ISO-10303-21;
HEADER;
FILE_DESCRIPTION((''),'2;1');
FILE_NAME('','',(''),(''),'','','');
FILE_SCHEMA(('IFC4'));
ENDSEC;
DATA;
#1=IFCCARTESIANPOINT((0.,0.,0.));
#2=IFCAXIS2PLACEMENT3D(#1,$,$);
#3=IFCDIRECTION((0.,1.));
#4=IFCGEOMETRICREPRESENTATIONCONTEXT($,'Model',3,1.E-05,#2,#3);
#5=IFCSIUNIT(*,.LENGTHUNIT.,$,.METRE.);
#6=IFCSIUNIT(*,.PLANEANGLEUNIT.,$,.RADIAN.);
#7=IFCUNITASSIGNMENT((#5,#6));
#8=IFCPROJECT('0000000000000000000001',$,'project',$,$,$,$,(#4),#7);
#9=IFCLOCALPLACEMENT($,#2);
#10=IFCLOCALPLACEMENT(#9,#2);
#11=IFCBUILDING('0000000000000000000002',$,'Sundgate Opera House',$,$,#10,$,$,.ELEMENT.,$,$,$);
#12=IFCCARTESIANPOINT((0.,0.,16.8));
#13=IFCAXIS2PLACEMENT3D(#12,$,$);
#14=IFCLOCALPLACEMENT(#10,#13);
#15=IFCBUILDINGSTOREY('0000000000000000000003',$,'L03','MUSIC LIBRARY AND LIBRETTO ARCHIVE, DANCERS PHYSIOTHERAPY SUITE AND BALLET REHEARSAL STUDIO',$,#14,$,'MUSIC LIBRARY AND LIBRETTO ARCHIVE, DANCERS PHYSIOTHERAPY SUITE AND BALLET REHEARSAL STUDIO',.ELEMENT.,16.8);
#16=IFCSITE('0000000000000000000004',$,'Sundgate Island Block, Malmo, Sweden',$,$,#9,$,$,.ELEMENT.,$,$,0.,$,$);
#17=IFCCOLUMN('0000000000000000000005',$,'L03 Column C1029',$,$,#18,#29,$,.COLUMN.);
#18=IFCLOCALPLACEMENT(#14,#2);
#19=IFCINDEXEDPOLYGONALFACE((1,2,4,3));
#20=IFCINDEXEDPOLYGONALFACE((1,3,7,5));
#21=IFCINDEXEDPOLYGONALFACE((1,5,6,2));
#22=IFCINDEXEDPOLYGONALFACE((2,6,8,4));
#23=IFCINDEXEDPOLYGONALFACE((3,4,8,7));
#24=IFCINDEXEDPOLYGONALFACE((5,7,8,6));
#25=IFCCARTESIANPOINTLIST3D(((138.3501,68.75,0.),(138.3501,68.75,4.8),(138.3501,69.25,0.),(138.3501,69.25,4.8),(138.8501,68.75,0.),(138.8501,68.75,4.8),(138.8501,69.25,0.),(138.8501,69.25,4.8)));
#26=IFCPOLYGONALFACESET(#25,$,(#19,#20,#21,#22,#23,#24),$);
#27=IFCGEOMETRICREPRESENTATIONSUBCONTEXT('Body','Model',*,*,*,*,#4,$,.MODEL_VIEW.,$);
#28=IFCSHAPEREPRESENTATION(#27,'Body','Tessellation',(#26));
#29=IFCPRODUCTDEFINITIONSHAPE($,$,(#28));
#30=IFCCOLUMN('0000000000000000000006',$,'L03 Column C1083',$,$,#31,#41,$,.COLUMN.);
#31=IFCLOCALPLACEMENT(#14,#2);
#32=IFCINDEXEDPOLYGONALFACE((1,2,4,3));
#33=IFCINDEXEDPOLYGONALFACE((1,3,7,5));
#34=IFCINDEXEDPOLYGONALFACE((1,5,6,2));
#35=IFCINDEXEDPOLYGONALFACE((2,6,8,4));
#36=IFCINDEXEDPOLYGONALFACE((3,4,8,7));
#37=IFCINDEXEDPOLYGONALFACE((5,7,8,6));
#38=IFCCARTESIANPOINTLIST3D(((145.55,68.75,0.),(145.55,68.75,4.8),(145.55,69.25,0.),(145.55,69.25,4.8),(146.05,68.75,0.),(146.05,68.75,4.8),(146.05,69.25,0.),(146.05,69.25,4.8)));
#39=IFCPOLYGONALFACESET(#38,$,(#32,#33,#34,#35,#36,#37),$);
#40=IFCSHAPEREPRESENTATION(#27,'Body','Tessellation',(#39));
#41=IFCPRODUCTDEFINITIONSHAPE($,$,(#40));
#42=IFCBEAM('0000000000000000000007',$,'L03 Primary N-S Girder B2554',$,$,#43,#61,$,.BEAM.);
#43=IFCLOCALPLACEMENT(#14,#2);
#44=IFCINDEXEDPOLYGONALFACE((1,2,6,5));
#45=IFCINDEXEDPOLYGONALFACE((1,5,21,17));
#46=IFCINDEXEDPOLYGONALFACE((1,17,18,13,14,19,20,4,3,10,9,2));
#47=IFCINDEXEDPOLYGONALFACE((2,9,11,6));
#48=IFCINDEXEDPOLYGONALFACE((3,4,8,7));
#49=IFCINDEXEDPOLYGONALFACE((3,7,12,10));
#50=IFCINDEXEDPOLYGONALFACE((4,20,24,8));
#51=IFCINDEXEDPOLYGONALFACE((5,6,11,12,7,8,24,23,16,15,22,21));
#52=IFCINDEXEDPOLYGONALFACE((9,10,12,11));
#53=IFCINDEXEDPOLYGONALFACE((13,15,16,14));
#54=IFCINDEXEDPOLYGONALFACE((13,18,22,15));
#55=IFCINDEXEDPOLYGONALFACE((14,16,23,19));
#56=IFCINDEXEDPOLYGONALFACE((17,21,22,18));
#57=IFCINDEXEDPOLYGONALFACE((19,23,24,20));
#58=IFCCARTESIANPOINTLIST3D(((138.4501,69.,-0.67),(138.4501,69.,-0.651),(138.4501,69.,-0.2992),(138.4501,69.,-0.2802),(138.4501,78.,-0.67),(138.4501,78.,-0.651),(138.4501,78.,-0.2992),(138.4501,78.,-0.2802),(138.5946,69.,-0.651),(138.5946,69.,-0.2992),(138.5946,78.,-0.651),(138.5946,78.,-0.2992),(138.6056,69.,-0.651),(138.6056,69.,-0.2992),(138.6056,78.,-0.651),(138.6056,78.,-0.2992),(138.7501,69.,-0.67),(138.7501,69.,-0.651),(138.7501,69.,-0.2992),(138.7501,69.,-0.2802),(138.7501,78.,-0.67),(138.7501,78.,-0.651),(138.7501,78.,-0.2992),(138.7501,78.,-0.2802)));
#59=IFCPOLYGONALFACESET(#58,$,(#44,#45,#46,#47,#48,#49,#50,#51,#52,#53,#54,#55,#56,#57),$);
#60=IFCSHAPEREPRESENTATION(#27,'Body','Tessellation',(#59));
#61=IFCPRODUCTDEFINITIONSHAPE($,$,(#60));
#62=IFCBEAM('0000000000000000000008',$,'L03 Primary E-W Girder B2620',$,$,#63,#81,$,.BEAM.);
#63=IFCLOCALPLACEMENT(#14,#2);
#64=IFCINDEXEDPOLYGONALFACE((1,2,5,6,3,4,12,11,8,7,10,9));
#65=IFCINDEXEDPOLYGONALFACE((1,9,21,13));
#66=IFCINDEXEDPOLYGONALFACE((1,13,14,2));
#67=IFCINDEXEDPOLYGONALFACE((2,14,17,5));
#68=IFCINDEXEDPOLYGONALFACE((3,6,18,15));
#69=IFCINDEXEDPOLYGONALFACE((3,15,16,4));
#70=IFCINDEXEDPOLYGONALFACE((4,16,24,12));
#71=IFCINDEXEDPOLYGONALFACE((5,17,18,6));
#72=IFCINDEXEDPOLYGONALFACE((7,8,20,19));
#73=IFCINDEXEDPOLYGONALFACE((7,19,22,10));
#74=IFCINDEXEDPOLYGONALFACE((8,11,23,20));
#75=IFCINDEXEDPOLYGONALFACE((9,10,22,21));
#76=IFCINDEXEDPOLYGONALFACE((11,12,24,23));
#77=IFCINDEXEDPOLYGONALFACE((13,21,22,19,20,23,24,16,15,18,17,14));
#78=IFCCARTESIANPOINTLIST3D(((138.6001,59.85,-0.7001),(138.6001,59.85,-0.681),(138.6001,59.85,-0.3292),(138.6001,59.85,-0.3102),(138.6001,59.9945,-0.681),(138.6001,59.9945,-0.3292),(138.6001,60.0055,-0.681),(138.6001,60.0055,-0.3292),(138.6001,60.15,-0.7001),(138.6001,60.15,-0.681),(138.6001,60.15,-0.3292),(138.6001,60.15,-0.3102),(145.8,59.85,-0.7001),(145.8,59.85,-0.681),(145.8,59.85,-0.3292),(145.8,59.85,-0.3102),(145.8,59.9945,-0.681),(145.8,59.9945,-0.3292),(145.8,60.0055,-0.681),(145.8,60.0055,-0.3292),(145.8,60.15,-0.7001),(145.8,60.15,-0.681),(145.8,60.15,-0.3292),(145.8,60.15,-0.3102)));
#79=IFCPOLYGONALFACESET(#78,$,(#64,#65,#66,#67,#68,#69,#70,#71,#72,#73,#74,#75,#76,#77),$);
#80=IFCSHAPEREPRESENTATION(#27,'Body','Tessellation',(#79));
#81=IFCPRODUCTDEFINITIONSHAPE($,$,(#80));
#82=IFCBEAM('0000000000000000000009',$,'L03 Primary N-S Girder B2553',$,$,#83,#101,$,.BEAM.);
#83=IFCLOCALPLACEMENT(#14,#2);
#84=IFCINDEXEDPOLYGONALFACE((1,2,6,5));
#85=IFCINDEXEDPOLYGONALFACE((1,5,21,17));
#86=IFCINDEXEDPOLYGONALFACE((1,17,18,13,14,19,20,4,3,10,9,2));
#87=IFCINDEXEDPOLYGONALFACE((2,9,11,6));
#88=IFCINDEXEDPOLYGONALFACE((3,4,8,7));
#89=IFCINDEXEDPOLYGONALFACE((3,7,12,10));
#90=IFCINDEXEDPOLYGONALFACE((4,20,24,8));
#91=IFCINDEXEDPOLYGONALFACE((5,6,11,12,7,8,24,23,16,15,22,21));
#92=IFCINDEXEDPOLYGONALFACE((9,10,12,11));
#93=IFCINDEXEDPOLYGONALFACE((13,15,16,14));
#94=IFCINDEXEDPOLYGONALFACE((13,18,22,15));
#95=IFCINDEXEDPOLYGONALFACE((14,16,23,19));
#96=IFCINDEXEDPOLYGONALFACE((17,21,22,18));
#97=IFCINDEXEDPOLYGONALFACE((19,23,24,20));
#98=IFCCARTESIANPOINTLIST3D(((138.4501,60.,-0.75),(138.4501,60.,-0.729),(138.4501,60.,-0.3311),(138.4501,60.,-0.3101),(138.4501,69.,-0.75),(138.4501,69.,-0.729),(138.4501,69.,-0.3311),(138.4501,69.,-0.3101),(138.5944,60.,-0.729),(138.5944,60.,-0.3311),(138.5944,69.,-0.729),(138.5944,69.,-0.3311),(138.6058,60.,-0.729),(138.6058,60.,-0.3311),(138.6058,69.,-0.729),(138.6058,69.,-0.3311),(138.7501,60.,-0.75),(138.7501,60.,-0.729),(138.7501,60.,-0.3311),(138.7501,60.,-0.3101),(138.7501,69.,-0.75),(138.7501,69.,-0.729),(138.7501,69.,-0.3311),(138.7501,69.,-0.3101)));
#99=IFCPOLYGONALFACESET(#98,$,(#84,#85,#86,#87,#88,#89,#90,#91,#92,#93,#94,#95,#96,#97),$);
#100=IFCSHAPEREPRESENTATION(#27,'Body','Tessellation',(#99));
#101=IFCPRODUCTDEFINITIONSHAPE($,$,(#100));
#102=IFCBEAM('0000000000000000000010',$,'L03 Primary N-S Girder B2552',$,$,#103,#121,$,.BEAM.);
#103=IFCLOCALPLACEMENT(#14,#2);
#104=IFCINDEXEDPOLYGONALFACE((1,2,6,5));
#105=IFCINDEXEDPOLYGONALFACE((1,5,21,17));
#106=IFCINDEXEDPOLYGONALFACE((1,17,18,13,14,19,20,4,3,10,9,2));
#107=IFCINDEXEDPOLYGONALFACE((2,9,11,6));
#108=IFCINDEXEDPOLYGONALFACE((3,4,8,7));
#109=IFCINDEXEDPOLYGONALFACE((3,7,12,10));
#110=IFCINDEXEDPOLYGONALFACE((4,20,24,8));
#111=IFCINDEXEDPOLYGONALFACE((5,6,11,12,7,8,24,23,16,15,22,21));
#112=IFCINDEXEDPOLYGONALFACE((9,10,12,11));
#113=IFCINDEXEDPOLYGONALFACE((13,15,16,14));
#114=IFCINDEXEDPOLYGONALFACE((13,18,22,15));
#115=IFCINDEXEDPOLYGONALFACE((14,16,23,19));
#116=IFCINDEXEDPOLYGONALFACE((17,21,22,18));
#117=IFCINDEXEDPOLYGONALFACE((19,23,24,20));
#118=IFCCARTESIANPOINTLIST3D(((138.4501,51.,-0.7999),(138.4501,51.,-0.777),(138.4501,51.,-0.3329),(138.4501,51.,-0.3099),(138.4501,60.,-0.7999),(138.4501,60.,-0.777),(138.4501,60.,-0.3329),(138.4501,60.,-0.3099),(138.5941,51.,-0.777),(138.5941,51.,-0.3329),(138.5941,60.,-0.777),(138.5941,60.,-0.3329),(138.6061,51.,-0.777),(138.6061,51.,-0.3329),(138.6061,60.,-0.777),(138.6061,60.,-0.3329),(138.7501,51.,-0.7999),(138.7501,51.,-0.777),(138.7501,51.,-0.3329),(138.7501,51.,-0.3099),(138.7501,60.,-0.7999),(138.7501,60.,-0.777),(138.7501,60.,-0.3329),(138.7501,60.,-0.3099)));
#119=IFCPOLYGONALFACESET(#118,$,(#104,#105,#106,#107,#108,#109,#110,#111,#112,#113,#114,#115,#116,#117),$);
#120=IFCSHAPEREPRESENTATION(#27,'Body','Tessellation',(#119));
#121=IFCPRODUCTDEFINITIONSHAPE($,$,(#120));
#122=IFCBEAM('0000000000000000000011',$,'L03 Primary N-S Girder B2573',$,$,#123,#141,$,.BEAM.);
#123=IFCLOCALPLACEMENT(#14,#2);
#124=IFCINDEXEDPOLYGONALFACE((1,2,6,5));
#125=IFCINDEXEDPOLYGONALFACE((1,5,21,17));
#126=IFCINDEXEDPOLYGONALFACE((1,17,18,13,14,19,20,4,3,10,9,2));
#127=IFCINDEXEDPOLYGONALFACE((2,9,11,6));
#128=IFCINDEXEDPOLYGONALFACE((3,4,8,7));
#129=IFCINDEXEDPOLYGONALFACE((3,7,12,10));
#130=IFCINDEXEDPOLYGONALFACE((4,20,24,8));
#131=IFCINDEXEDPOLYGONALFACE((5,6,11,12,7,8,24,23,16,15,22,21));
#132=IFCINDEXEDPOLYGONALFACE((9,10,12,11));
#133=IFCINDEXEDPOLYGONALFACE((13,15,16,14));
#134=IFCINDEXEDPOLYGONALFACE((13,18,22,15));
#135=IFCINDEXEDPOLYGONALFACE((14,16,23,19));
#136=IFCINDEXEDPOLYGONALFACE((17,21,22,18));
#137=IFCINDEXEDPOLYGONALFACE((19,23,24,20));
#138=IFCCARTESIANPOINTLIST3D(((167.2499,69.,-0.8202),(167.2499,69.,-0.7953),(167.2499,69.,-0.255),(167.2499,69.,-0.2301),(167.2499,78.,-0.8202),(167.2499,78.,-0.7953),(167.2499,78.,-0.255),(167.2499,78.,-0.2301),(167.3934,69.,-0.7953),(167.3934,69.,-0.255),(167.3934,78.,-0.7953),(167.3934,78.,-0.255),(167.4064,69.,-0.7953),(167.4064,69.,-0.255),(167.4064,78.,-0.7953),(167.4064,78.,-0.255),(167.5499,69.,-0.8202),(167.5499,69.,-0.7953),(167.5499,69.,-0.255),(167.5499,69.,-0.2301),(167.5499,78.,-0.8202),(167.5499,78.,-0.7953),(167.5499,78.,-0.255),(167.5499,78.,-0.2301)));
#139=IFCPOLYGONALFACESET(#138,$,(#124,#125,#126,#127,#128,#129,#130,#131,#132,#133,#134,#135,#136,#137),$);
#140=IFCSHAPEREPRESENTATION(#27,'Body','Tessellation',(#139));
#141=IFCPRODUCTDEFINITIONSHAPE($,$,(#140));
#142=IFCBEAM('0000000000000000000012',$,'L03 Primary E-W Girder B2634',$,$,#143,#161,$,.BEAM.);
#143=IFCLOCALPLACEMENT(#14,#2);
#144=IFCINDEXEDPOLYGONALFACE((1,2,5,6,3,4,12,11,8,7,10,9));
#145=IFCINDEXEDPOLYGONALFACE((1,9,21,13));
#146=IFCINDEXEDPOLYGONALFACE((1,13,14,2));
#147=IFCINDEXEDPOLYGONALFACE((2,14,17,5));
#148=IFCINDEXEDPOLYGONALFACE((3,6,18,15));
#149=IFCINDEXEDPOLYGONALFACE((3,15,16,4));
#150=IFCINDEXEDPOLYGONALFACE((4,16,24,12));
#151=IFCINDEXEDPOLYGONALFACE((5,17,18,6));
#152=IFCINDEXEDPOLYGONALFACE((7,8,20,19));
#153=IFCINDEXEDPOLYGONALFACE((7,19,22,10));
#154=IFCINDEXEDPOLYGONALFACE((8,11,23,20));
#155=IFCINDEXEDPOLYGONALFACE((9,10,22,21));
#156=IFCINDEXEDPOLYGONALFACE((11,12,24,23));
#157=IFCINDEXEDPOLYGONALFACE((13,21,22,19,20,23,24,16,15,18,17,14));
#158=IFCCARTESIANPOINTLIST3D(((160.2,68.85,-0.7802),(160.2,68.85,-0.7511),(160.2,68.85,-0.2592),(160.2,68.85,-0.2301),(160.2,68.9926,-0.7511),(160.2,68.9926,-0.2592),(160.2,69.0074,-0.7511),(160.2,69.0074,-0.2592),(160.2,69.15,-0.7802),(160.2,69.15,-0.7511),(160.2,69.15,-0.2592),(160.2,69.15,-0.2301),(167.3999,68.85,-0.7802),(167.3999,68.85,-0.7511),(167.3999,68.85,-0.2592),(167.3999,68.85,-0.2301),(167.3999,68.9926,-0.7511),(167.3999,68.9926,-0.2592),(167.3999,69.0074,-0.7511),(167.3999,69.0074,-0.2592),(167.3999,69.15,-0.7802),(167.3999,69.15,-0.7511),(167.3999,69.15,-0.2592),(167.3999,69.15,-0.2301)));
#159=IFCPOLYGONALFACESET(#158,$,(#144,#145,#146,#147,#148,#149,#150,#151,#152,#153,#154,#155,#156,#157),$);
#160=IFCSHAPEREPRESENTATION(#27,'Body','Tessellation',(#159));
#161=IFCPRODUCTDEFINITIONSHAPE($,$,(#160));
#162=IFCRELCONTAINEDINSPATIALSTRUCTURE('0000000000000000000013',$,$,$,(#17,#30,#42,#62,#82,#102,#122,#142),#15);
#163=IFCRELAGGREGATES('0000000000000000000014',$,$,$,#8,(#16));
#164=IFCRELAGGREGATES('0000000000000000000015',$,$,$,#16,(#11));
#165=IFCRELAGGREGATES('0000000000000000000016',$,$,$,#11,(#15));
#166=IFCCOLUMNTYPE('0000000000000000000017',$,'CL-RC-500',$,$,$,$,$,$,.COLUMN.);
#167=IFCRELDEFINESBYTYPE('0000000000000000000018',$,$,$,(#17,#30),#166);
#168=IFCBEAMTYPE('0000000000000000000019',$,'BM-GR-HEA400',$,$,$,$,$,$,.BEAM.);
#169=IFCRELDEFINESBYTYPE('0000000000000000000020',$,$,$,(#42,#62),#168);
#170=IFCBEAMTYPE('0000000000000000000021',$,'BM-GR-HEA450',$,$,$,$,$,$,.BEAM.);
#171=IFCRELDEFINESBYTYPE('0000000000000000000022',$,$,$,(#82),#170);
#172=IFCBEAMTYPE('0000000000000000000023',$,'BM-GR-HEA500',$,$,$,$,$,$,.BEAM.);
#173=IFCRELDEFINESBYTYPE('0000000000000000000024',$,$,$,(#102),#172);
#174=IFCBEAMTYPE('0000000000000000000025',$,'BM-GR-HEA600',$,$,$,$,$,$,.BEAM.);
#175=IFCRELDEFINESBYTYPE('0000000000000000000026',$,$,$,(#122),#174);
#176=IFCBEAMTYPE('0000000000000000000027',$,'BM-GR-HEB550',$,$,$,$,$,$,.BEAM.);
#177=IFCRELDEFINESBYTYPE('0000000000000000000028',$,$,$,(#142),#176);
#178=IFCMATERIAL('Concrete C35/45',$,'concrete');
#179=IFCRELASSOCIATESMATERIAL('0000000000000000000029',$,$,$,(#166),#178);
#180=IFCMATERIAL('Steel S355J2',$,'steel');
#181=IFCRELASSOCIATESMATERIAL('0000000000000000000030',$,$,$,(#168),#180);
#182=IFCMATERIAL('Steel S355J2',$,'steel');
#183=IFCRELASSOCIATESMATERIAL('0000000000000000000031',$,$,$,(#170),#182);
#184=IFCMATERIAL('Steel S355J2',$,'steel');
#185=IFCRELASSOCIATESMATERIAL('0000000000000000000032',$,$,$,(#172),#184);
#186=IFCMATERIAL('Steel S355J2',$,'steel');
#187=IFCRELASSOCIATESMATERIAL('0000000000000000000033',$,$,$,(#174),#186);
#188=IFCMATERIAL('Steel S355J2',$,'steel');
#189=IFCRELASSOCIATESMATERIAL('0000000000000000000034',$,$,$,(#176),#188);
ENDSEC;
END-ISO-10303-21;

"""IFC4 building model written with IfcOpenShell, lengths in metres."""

from ifc_helpers import new_model, si_unit, direction, frame, origin, origin_2d, place, context, subcontext, project, spatial, rectangle, i_section, extrude, material, material_profile, profile_set, type_object, element, save


model = new_model("IFC4")

# Units and contexts
model_context = context("Model", 3, precision=1e-05, world=origin(), true_north=direction((0.0, 1.0)))
body_context = subcontext(model_context, "Body", "Model", "MODEL_VIEW")
ifc_project = project(units=[si_unit("LENGTHUNIT", "METRE"), si_unit("PLANEANGLEUNIT", "RADIAN")], contexts=[model_context])

# Site, building, storey
site_placement = place(None, origin())
site = spatial("IfcSite", under=ifc_project, at=site_placement, Name="Sundgate Island Block, Malmo, Sweden", CompositionType="ELEMENT", RefElevation=0.0)
building_placement = place(site_placement, origin())
building = spatial("IfcBuilding", under=site, at=building_placement, Name="Sundgate Opera House", CompositionType="ELEMENT")
storey_placement = place(building_placement, frame((0.0, 0.0, 16.8)))
storey = spatial("IfcBuildingStorey", under=building, at=storey_placement, Name="L03", Description="MUSIC LIBRARY AND LIBRETTO ARCHIVE, DANCERS PHYSIOTHERAPY SUITE AND BALLET REHEARSAL STUDIO", LongName="MUSIC LIBRARY AND LIBRETTO ARCHIVE, DANCERS PHYSIOTHERAPY SUITE AND BALLET REHEARSAL STUDIO", CompositionType="ELEMENT", Elevation=16.8)

# Columns
ifc_material_1 = material(Name="Concrete C35/45", Category="concrete")
ifc_material_profile_1 = material_profile(ifc_material_1, rectangle(XDim=0.5, YDim=0.5, at=origin_2d()), Name="RC 500x500")
ifc_profile_set_1 = profile_set([ifc_material_profile_1], Name="Concrete C35/45")
column_type = type_object("IfcColumnType", Name="CL-RC-500", PredefinedType="COLUMN", material=ifc_profile_set_1)
for number, where, z_axis, x_axis, name in (
    (1, (138.6001, 69.0, 0.0), (0.0, 0.0, 1.0), (1.0, 0.0, 0.0), "L03 Column C1029"),
    (2, (145.8, 69.0, 0.0), (0.0, 0.0, 1.0), (1.0, 0.0, 0.0), "L03 Column C1083"),
):
    element("IfcColumn", number, at=place(storey_placement, frame(where, z_axis=z_axis, x_axis=x_axis)), inside=storey, type_object=column_type, Name=name, PredefinedType="COLUMN", context=body_context, shape_type="SweptSolid", body=[
        extrude(rectangle(XDim=0.5, YDim=0.5, at=origin_2d()), origin(), (0.0, 0.0, 1.0), 4.8),
    ])

# Beams
ifc_material_2 = material(Name="Steel S355J2", Category="steel")
ifc_material_profile_2 = material_profile(ifc_material_2, i_section(OverallWidth=0.3, OverallDepth=0.3899, WebThickness=0.011, FlangeThickness=0.019, at=origin_2d()), Name="HEA 400")
ifc_profile_set_2 = profile_set([ifc_material_profile_2], Name="Steel S355J2")
beam_type_1 = type_object("IfcBeamType", Name="BM-GR-HEA400", PredefinedType="BEAM", material=ifc_profile_set_2)
beam_1_placement = place(storey_placement, frame((138.6001, 69.0, -0.4751), z_axis=(0.0, 1.0, 0.0), x_axis=(-1.0, 0.0, 0.0)))
element("IfcBeam", 3, at=beam_1_placement, inside=storey, type_object=beam_type_1, Name="L03 Primary N-S Girder B2554", PredefinedType="BEAM", context=body_context, shape_type="SweptSolid", body=[
    extrude(i_section(OverallWidth=0.3, OverallDepth=0.3899, WebThickness=0.011, FlangeThickness=0.019, at=origin_2d()), origin(), (0.0, 0.0, 1.0), 9.0),
])
beam_2_placement = place(storey_placement, frame((138.6001, 60.0, -0.5051), z_axis=(1.0, 0.0, 0.0), x_axis=(0.0, 1.0, 0.0)))
element("IfcBeam", 4, at=beam_2_placement, inside=storey, type_object=beam_type_1, Name="L03 Primary E-W Girder B2620", PredefinedType="BEAM", context=body_context, shape_type="SweptSolid", body=[
    extrude(i_section(OverallWidth=0.3, OverallDepth=0.3899, WebThickness=0.011, FlangeThickness=0.019, at=origin_2d()), origin(), (0.0, 0.0, 1.0), 7.2),
])
ifc_material_3 = material(Name="Steel S355J2", Category="steel")
ifc_material_profile_3 = material_profile(ifc_material_3, i_section(OverallWidth=0.3, OverallDepth=0.4399, WebThickness=0.0115, FlangeThickness=0.021, at=origin_2d()), Name="HEA 450")
ifc_profile_set_3 = profile_set([ifc_material_profile_3], Name="Steel S355J2")
beam_type_2 = type_object("IfcBeamType", Name="BM-GR-HEA450", PredefinedType="BEAM", material=ifc_profile_set_3)
beam_3_placement = place(storey_placement, frame((138.6001, 60.0, -0.53), z_axis=(0.0, 1.0, 0.0), x_axis=(-1.0, 0.0, 0.0)))
element("IfcBeam", 5, at=beam_3_placement, inside=storey, type_object=beam_type_2, Name="L03 Primary N-S Girder B2553", PredefinedType="BEAM", context=body_context, shape_type="SweptSolid", body=[
    extrude(i_section(OverallWidth=0.3, OverallDepth=0.4399, WebThickness=0.0115, FlangeThickness=0.021, at=origin_2d()), origin(), (0.0, 0.0, 1.0), 9.0),
])
ifc_material_4 = material(Name="Steel S355J2", Category="steel")
ifc_material_profile_4 = material_profile(ifc_material_4, i_section(OverallWidth=0.3, OverallDepth=0.49, WebThickness=0.012, FlangeThickness=0.0229, at=origin_2d()), Name="HEA 500")
ifc_profile_set_4 = profile_set([ifc_material_profile_4], Name="Steel S355J2")
beam_type_3 = type_object("IfcBeamType", Name="BM-GR-HEA500", PredefinedType="BEAM", material=ifc_profile_set_4)
beam_4_placement = place(storey_placement, frame((138.6001, 51.0, -0.5549), z_axis=(0.0, 1.0, 0.0), x_axis=(-1.0, 0.0, 0.0)))
element("IfcBeam", 6, at=beam_4_placement, inside=storey, type_object=beam_type_3, Name="L03 Primary N-S Girder B2552", PredefinedType="BEAM", context=body_context, shape_type="SweptSolid", body=[
    extrude(i_section(OverallWidth=0.3, OverallDepth=0.49, WebThickness=0.012, FlangeThickness=0.0229, at=origin_2d()), origin(), (0.0, 0.0, 1.0), 9.0),
])
ifc_material_5 = material(Name="Steel S355J2", Category="steel")
ifc_material_profile_5 = material_profile(ifc_material_5, i_section(OverallWidth=0.3, OverallDepth=0.5901, WebThickness=0.0129, FlangeThickness=0.0249, at=origin_2d()), Name="HEA 600")
ifc_profile_set_5 = profile_set([ifc_material_profile_5], Name="Steel S355J2")
beam_type_4 = type_object("IfcBeamType", Name="BM-GR-HEA600", PredefinedType="BEAM", material=ifc_profile_set_5)
beam_5_placement = place(storey_placement, frame((167.3999, 69.0, -0.5251), z_axis=(0.0, 1.0, 0.0), x_axis=(-1.0, 0.0, 0.0)))
element("IfcBeam", 7, at=beam_5_placement, inside=storey, type_object=beam_type_4, Name="L03 Primary N-S Girder B2573", PredefinedType="BEAM", context=body_context, shape_type="SweptSolid", body=[
    extrude(i_section(OverallWidth=0.3, OverallDepth=0.5901, WebThickness=0.0129, FlangeThickness=0.0249, at=origin_2d()), origin(), (0.0, 0.0, 1.0), 9.0),
])
ifc_material_6 = material(Name="Steel S355J2", Category="steel")
ifc_material_profile_6 = material_profile(ifc_material_6, i_section(OverallWidth=0.3, OverallDepth=0.55, WebThickness=0.0149, FlangeThickness=0.0291, at=origin_2d()), Name="HEB 550")
ifc_profile_set_6 = profile_set([ifc_material_profile_6], Name="Steel S355J2")
beam_type_5 = type_object("IfcBeamType", Name="BM-GR-HEB550", PredefinedType="BEAM", material=ifc_profile_set_6)
beam_6_placement = place(storey_placement, frame((160.2, 69.0, -0.5051), z_axis=(1.0, 0.0, 0.0), x_axis=(0.0, 1.0, 0.0)))
element("IfcBeam", 8, at=beam_6_placement, inside=storey, type_object=beam_type_5, Name="L03 Primary E-W Girder B2634", PredefinedType="BEAM", context=body_context, shape_type="SweptSolid", body=[
    extrude(i_section(OverallWidth=0.3, OverallDepth=0.55, WebThickness=0.0149, FlangeThickness=0.0291, at=origin_2d()), origin(), (0.0, 0.0, 1.0), 7.2),
])

save(model, "model.ifc")
